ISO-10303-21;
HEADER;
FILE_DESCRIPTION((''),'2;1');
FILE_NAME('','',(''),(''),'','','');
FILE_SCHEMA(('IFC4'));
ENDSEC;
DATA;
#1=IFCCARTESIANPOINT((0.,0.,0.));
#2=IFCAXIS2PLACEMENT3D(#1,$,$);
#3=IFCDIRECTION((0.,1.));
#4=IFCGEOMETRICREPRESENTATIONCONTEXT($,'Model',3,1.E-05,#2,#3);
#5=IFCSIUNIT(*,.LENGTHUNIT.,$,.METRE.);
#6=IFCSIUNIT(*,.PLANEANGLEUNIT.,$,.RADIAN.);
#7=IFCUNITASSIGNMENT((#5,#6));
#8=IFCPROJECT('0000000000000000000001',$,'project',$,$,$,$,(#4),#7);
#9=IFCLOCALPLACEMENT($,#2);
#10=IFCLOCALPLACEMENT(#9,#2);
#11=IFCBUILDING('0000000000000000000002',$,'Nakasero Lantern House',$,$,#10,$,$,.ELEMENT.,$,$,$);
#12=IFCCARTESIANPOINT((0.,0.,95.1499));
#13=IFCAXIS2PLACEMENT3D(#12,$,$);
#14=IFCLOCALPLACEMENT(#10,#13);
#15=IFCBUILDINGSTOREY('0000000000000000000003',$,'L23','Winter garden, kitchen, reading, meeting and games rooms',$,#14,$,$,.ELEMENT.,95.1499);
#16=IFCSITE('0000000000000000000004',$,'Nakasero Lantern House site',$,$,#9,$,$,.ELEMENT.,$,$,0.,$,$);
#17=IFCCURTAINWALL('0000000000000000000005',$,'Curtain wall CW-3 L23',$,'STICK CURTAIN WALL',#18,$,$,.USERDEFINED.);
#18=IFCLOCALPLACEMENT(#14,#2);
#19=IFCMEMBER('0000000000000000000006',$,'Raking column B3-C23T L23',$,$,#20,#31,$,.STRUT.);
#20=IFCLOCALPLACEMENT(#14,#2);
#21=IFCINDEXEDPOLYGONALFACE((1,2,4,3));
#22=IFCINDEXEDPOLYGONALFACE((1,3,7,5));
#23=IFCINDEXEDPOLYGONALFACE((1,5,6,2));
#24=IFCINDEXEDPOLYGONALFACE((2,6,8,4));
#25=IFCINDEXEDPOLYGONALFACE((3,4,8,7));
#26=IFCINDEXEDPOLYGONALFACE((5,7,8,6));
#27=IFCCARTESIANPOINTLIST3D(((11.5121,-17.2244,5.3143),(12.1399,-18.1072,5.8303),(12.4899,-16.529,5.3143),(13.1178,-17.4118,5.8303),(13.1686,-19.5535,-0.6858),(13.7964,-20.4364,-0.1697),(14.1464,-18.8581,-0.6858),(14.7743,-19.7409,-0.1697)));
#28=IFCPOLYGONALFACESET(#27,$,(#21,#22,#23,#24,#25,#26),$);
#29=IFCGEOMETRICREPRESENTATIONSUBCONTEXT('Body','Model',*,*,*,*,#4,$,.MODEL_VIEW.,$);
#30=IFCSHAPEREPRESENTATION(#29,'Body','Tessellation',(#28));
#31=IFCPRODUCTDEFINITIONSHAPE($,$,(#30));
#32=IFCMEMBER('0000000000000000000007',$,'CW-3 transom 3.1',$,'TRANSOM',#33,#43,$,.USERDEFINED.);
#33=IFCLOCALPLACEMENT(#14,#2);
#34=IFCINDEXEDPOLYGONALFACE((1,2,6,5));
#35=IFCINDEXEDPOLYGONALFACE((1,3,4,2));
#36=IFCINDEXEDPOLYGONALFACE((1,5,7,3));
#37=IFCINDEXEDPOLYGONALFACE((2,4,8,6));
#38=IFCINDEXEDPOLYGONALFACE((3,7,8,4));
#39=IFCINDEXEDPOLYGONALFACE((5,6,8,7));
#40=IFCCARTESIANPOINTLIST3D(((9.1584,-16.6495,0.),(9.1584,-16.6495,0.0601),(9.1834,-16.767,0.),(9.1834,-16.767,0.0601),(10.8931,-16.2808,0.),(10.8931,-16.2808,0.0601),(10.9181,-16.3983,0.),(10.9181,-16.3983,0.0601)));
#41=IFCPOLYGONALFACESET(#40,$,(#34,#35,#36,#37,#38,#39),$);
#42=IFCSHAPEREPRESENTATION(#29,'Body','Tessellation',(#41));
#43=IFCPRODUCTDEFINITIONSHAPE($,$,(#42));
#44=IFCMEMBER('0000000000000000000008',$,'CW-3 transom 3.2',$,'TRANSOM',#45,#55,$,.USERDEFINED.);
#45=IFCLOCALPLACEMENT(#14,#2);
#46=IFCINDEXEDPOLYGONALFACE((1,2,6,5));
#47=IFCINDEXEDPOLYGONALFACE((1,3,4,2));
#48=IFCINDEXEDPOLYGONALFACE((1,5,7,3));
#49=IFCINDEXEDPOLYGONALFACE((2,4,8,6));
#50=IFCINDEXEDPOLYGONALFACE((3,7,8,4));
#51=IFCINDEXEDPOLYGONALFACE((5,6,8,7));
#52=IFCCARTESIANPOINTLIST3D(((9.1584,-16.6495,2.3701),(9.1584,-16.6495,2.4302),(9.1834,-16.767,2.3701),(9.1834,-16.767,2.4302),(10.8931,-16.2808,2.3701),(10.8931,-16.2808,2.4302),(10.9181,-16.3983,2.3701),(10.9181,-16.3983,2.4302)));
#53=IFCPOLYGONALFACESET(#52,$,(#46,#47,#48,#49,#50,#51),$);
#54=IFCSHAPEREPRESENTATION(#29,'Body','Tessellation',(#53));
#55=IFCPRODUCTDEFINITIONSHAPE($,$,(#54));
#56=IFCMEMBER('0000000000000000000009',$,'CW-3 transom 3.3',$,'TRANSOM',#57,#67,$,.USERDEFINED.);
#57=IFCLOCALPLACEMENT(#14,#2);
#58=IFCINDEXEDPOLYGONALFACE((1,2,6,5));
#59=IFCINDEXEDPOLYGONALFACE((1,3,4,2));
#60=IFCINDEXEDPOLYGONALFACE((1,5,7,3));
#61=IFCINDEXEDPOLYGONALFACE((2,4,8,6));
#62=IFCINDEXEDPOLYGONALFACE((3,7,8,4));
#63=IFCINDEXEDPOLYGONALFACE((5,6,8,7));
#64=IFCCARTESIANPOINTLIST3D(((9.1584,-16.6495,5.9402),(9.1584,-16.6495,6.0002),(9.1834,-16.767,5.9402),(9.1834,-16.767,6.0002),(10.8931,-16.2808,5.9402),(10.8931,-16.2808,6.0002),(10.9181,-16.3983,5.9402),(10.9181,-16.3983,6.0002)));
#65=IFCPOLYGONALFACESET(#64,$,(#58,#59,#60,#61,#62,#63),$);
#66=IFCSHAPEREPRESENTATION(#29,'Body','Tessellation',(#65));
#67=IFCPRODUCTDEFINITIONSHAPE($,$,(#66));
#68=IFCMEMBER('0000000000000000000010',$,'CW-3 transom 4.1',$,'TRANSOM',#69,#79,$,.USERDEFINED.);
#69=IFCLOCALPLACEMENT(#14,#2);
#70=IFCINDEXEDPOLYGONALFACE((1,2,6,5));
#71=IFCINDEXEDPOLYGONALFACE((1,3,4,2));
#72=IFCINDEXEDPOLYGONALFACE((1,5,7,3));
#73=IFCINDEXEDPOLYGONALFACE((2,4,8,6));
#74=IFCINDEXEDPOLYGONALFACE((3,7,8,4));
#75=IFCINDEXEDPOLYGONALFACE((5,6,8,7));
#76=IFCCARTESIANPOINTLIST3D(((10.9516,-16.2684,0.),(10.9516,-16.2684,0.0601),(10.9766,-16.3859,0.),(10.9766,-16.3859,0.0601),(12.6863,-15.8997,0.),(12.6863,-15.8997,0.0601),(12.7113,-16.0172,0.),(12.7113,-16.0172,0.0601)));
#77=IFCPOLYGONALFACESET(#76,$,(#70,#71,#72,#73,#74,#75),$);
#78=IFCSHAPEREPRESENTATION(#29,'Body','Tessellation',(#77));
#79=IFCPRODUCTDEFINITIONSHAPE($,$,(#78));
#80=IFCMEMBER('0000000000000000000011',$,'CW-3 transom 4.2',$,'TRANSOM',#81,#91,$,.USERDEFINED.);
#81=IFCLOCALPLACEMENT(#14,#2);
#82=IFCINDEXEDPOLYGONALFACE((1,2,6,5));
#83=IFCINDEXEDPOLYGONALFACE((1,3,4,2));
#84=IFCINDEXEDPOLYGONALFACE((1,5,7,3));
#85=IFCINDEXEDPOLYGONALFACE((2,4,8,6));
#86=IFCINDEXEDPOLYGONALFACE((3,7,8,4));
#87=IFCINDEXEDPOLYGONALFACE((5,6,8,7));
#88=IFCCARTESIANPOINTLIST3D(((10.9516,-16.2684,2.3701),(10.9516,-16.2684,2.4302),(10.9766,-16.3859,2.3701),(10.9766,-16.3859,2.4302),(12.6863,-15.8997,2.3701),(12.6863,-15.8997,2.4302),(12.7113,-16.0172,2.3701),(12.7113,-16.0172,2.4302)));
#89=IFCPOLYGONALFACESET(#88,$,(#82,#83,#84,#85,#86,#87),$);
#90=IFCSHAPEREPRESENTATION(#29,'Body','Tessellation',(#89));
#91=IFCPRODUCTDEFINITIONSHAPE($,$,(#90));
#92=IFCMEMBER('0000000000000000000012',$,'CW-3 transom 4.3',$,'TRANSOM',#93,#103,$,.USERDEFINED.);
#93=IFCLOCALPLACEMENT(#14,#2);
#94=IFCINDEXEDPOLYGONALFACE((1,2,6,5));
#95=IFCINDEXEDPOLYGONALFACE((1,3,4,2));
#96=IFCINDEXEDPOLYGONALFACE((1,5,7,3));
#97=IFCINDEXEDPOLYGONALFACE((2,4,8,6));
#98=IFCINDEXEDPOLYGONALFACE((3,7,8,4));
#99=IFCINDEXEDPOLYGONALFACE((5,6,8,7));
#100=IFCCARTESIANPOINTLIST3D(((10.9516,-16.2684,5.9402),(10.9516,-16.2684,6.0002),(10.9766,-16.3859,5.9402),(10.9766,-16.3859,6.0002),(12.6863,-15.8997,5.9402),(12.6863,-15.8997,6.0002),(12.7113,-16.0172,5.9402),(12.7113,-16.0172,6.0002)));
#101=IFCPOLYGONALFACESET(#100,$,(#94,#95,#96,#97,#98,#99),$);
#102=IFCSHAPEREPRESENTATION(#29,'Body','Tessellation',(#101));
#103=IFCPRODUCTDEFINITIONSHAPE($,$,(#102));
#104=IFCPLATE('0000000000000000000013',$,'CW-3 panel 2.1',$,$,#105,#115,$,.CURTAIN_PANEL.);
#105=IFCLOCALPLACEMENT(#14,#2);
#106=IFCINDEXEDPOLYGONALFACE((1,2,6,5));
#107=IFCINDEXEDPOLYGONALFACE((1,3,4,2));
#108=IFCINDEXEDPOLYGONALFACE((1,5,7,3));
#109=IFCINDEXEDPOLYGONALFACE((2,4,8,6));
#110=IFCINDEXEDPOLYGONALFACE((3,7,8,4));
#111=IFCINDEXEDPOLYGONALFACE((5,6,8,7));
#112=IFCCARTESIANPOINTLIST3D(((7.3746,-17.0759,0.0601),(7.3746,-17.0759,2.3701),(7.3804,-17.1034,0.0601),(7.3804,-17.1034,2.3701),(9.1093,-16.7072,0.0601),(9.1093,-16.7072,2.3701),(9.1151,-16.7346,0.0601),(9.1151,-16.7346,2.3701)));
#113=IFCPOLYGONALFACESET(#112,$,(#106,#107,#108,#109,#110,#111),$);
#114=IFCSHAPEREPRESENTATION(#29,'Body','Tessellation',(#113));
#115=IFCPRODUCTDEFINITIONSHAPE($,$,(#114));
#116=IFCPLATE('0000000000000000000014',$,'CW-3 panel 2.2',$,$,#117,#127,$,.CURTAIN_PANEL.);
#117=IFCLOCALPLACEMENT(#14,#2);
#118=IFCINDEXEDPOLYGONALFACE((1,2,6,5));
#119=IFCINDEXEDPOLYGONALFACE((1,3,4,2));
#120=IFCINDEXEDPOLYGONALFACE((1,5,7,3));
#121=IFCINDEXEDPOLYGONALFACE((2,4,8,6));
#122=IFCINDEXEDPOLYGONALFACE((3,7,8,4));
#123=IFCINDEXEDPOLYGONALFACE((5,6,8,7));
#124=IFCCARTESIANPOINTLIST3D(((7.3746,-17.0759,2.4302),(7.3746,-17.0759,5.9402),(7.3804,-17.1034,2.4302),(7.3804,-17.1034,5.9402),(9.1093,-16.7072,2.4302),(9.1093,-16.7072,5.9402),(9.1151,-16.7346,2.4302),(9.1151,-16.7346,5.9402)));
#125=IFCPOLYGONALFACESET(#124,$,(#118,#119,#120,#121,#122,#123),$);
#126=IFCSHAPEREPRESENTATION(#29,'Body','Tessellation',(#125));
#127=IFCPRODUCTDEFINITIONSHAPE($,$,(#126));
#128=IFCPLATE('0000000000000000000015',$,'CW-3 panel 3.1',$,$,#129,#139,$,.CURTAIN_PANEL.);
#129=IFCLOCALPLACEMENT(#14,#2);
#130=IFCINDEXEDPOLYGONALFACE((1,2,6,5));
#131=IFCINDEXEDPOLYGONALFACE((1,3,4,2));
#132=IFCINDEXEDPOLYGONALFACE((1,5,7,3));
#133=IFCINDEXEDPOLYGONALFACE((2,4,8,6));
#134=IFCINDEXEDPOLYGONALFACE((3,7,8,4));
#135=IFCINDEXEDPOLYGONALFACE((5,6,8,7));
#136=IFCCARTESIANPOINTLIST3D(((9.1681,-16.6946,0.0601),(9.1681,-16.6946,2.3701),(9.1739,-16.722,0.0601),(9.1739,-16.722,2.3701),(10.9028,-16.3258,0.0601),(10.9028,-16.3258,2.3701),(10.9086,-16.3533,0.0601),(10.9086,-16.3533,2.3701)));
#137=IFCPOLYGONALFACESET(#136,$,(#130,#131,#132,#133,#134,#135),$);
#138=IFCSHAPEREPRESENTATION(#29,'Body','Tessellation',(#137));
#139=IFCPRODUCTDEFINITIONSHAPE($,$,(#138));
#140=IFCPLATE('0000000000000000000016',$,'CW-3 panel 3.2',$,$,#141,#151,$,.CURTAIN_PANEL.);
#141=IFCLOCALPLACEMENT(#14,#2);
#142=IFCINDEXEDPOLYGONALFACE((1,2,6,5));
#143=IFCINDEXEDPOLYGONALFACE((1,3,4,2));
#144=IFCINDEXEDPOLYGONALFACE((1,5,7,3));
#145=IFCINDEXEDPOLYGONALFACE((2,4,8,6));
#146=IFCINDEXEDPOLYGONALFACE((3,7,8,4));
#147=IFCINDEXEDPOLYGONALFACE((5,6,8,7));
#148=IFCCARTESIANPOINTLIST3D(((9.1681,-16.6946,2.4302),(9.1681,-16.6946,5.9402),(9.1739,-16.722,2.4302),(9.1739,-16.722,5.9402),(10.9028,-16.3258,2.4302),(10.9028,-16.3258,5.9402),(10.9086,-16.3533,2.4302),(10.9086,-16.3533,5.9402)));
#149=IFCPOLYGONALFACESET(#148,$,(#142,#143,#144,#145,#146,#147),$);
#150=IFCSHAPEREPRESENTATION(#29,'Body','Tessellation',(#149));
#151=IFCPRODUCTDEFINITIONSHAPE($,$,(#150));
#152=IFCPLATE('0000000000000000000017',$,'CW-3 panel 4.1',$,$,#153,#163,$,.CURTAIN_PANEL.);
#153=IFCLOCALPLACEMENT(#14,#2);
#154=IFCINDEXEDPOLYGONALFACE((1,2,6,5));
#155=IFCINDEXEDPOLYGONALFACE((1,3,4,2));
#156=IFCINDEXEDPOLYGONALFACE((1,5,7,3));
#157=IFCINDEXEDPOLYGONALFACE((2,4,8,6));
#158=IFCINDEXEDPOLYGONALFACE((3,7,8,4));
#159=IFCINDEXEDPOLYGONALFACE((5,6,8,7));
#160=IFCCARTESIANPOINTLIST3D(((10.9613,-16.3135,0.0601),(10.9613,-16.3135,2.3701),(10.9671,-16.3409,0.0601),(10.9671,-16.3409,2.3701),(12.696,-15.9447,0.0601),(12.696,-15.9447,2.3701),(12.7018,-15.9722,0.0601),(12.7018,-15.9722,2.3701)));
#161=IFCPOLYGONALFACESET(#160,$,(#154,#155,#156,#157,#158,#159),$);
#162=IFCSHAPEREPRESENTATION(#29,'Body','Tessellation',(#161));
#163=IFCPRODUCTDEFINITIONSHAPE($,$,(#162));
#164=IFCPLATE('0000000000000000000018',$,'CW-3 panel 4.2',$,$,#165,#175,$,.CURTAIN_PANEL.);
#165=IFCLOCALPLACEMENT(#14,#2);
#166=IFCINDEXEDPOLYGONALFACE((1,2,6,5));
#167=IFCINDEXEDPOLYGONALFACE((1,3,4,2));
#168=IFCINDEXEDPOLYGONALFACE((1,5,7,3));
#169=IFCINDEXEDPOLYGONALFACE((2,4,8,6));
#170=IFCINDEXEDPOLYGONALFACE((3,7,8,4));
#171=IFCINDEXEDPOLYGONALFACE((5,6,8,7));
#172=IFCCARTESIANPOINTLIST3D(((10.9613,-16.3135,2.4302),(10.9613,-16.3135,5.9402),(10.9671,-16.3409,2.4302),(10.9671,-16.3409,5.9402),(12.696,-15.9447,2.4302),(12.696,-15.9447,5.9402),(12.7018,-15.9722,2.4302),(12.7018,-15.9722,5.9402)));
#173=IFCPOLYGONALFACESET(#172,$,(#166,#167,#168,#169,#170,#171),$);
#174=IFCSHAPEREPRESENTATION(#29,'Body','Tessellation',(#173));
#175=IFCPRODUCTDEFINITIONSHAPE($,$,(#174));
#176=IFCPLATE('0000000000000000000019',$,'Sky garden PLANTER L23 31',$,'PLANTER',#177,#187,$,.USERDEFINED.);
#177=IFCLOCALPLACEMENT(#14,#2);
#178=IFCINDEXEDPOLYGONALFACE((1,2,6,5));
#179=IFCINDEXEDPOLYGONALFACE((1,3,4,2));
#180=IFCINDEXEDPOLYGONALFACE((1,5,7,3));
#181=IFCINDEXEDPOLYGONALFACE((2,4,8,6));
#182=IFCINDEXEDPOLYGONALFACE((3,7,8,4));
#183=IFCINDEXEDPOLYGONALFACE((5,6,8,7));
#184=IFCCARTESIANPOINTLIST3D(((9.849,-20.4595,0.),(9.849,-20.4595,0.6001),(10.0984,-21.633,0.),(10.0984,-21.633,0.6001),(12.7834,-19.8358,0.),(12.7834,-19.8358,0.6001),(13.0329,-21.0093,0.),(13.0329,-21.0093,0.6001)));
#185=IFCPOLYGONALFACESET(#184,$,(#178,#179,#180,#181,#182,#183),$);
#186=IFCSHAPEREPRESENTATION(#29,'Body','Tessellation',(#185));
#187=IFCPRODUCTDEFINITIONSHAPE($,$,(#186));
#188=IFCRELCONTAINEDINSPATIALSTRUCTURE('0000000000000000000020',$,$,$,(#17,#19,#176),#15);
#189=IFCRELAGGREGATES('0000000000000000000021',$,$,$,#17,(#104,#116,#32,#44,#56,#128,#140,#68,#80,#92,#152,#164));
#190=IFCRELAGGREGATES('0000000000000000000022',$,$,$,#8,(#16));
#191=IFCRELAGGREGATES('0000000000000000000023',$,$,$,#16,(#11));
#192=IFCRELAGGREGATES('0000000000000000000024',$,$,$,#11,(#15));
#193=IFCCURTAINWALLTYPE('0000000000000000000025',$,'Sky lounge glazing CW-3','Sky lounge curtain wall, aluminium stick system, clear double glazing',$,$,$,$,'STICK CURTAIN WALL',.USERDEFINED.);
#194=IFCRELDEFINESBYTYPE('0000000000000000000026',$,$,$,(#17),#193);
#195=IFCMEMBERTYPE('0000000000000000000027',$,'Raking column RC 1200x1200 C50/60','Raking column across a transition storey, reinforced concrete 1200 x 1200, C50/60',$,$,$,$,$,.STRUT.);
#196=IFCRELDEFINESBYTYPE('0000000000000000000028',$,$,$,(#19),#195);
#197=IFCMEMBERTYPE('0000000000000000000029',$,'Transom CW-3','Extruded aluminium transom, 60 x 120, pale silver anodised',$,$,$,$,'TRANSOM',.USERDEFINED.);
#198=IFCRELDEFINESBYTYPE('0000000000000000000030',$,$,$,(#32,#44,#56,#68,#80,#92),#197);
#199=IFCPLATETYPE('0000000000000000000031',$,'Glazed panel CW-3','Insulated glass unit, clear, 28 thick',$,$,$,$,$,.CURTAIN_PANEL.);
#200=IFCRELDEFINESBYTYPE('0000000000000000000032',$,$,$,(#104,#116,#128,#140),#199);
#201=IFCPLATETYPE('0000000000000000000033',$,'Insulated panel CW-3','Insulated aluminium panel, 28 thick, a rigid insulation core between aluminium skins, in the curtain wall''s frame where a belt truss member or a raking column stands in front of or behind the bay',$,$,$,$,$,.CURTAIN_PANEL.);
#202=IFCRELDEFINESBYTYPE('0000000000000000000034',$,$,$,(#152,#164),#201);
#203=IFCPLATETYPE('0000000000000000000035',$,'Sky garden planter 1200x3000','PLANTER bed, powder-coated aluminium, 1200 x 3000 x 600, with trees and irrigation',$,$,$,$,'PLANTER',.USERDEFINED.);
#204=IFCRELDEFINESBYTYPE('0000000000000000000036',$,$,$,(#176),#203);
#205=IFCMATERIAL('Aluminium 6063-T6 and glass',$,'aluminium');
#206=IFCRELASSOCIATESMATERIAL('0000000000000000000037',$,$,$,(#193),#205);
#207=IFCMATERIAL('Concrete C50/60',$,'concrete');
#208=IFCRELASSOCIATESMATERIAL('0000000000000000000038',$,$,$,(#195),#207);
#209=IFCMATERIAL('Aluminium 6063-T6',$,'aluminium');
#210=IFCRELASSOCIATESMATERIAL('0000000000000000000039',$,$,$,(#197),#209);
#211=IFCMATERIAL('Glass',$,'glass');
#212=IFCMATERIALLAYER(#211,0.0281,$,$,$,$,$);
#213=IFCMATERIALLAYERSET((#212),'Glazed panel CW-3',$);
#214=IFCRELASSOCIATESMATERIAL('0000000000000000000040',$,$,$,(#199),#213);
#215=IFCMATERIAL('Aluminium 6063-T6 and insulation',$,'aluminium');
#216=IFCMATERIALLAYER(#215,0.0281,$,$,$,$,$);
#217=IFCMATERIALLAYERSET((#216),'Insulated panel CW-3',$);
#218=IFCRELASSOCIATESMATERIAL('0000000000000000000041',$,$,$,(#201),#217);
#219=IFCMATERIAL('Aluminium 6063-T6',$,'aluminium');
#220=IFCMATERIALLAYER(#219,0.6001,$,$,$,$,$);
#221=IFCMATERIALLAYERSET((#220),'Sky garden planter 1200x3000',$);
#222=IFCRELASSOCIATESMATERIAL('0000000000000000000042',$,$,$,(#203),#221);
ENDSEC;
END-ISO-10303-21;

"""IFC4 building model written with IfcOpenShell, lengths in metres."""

from ifc_helpers import new_model, si_unit, direction, frame, origin, origin_2d, place, context, subcontext, project, spatial, rectangle, extrude, material, layer, layer_set, material_profile, profile_set, type_object, element, aggregate, save


model = new_model("IFC4")

# Units and contexts
model_context = context("Model", 3, precision=1e-05, world=origin(), true_north=direction((0.0, 1.0)))
body_context = subcontext(model_context, "Body", "Model", "MODEL_VIEW")
ifc_project = project(units=[si_unit("LENGTHUNIT", "METRE"), si_unit("PLANEANGLEUNIT", "RADIAN")], contexts=[model_context])

# Site, building, storey
site_placement = place(None, origin())
site = spatial("IfcSite", under=ifc_project, at=site_placement, Name="Nakasero Lantern House site", CompositionType="ELEMENT", RefElevation=0.0)
building_placement = place(site_placement, origin())
building = spatial("IfcBuilding", under=site, at=building_placement, Name="Nakasero Lantern House", CompositionType="ELEMENT")
storey_placement = place(building_placement, frame((0.0, 0.0, 95.1499)))
storey = spatial("IfcBuildingStorey", under=building, at=storey_placement, Name="L23", Description="Winter garden, kitchen, reading, meeting and games rooms", CompositionType="ELEMENT", Elevation=95.1499)

# Curtain wall
ifc_material_1 = material(Name="Aluminium 6063-T6 and glass", Category="aluminium")
curtain_wall_type = type_object("IfcCurtainWallType", Name="Sky lounge glazing CW-3", Description="Sky lounge curtain wall, aluminium stick system, clear double glazing", ElementType="STICK CURTAIN WALL", PredefinedType="USERDEFINED", material=ifc_material_1)
curtain_wall_placement = place(storey_placement, origin())
curtain_wall = element("IfcCurtainWall", 1, at=curtain_wall_placement, inside=storey, type_object=curtain_wall_type, Name="Curtain wall CW-3 L23", ObjectType="STICK CURTAIN WALL", PredefinedType="USERDEFINED")

# Members
ifc_material_2 = material(Name="Concrete C50/60", Category="concrete")
ifc_material_profile_1 = material_profile(ifc_material_2, rectangle(XDim=1.2, YDim=1.2, at=origin_2d()), Name="RC 1200x1200")
ifc_profile_set_1 = profile_set([ifc_material_profile_1], Name="Concrete C50/60")
member_type_1 = type_object("IfcMemberType", Name="Raking column RC 1200x1200 C50/60", Description="Raking column across a transition storey, reinforced concrete 1200 x 1200, C50/60", PredefinedType="STRUT", material=ifc_profile_set_1)
member_1_placement = place(storey_placement, frame((13.9714, -19.6472, -0.4277), z_axis=(-0.249249, 0.350454, 0.902805), x_axis=(-0.814915, -0.579581, 0.0)))
element("IfcMember", 2, at=member_1_placement, inside=storey, type_object=member_type_1, Name="Raking column B3-C23T L23", PredefinedType="STRUT", context=body_context, shape_type="SweptSolid", body=[
    extrude(rectangle(XDim=1.2, YDim=1.2, at=origin_2d()), origin(), (0.0, 0.0, 1.0), 6.646),
])
ifc_material_3 = material(Name="Aluminium 6063-T6", Category="aluminium")
ifc_material_profile_2 = material_profile(ifc_material_3, rectangle(XDim=0.0601, YDim=0.1201, at=origin_2d()), Name="CW-3 transom 60x120")
ifc_profile_set_2 = profile_set([ifc_material_profile_2], Name="Aluminium 6063-T6")
member_type_2 = type_object("IfcMemberType", Name="Transom CW-3", Description="Extruded aluminium transom, 60 x 120, pale silver anodised", ElementType="TRANSOM", PredefinedType="USERDEFINED", material=ifc_profile_set_2)
member_2_placement = place(storey_placement, frame((9.1709, -16.7083, 0.03), z_axis=(0.978154, 0.207883, 0.0), x_axis=(0.0, 0.0, 1.0)))
member_2 = element("IfcMember", 3, at=member_2_placement, type_object=member_type_2, Name="CW-3 transom 3.1", ObjectType="TRANSOM", PredefinedType="USERDEFINED", context=body_context, shape_type="SweptSolid", body=[
    extrude(rectangle(XDim=0.0601, YDim=0.1201, at=origin_2d()), origin(), (0.0, 0.0, 1.0), 1.7734),
])
member_3_placement = place(storey_placement, frame((9.1709, -16.7083, 2.4001), z_axis=(0.978154, 0.207883, 0.0), x_axis=(0.0, 0.0, 1.0)))
member_3 = element("IfcMember", 4, at=member_3_placement, type_object=member_type_2, Name="CW-3 transom 3.2", ObjectType="TRANSOM", PredefinedType="USERDEFINED", context=body_context, shape_type="SweptSolid", body=[
    extrude(rectangle(XDim=0.0601, YDim=0.1201, at=origin_2d()), origin(), (0.0, 0.0, 1.0), 1.7734),
])
member_4_placement = place(storey_placement, frame((9.1709, -16.7083, 5.9702), z_axis=(0.978154, 0.207883, 0.0), x_axis=(0.0, 0.0, 1.0)))
member_4 = element("IfcMember", 5, at=member_4_placement, type_object=member_type_2, Name="CW-3 transom 3.3", ObjectType="TRANSOM", PredefinedType="USERDEFINED", context=body_context, shape_type="SweptSolid", body=[
    extrude(rectangle(XDim=0.0601, YDim=0.1201, at=origin_2d()), origin(), (0.0, 0.0, 1.0), 1.7734),
])
member_5_placement = place(storey_placement, frame((10.9641, -16.3271, 0.03), z_axis=(0.978154, 0.207883, 0.0), x_axis=(0.0, 0.0, 1.0)))
member_5 = element("IfcMember", 6, at=member_5_placement, type_object=member_type_2, Name="CW-3 transom 4.1", ObjectType="TRANSOM", PredefinedType="USERDEFINED", context=body_context, shape_type="SweptSolid", body=[
    extrude(rectangle(XDim=0.0601, YDim=0.1201, at=origin_2d()), origin(), (0.0, 0.0, 1.0), 1.7734),
])
member_6_placement = place(storey_placement, frame((10.9641, -16.3271, 2.4001), z_axis=(0.978154, 0.207883, 0.0), x_axis=(0.0, 0.0, 1.0)))
member_6 = element("IfcMember", 7, at=member_6_placement, type_object=member_type_2, Name="CW-3 transom 4.2", ObjectType="TRANSOM", PredefinedType="USERDEFINED", context=body_context, shape_type="SweptSolid", body=[
    extrude(rectangle(XDim=0.0601, YDim=0.1201, at=origin_2d()), origin(), (0.0, 0.0, 1.0), 1.7734),
])
member_7_placement = place(storey_placement, frame((10.9641, -16.3271, 5.9702), z_axis=(0.978154, 0.207883, 0.0), x_axis=(0.0, 0.0, 1.0)))
member_7 = element("IfcMember", 8, at=member_7_placement, type_object=member_type_2, Name="CW-3 transom 4.3", ObjectType="TRANSOM", PredefinedType="USERDEFINED", context=body_context, shape_type="SweptSolid", body=[
    extrude(rectangle(XDim=0.0601, YDim=0.1201, at=origin_2d()), origin(), (0.0, 0.0, 1.0), 1.7734),
])

# Plates
ifc_material_4 = material(Name="Glass", Category="glass")
ifc_layer_1 = layer(ifc_material_4, 0.0281)
ifc_layer_set_1 = layer_set([ifc_layer_1], Name="Glazed panel CW-3")
plate_type_1 = type_object("IfcPlateType", Name="Glazed panel CW-3", Description="Insulated glass unit, clear, 28 thick", PredefinedType="CURTAIN_PANEL", material=ifc_layer_set_1)
plate_1_placement = place(storey_placement, frame((8.2449, -16.9053, 0.0601), z_axis=(0.0, 0.0, 1.0), x_axis=(0.978148, 0.207912, 0.0)))
plate_1 = element("IfcPlate", 9, at=plate_1_placement, type_object=plate_type_1, Name="CW-3 panel 2.1", PredefinedType="CURTAIN_PANEL", context=body_context, shape_type="SweptSolid", body=[
    extrude(rectangle(XDim=1.7734, YDim=0.0281, at=origin_2d()), origin(), (0.0, 0.0, 1.0), 2.3101),
])
plate_2_placement = place(storey_placement, frame((8.2449, -16.9053, 2.4302), z_axis=(0.0, 0.0, 1.0), x_axis=(0.978148, 0.207912, 0.0)))
plate_2 = element("IfcPlate", 10, at=plate_2_placement, type_object=plate_type_1, Name="CW-3 panel 2.2", PredefinedType="CURTAIN_PANEL", context=body_context, shape_type="SweptSolid", body=[
    extrude(rectangle(XDim=1.7734, YDim=0.0281, at=origin_2d()), origin(), (0.0, 0.0, 1.0), 3.51),
])
plate_3_placement = place(storey_placement, frame((10.0383, -16.5239, 0.0601), z_axis=(0.0, 0.0, 1.0), x_axis=(0.978148, 0.207912, 0.0)))
plate_3 = element("IfcPlate", 11, at=plate_3_placement, type_object=plate_type_1, Name="CW-3 panel 3.1", PredefinedType="CURTAIN_PANEL", context=body_context, shape_type="SweptSolid", body=[
    extrude(rectangle(XDim=1.7734, YDim=0.0281, at=origin_2d()), origin(), (0.0, 0.0, 1.0), 2.3101),
])
plate_4_placement = place(storey_placement, frame((10.0383, -16.5239, 2.4302), z_axis=(0.0, 0.0, 1.0), x_axis=(0.978148, 0.207912, 0.0)))
plate_4 = element("IfcPlate", 12, at=plate_4_placement, type_object=plate_type_1, Name="CW-3 panel 3.2", PredefinedType="CURTAIN_PANEL", context=body_context, shape_type="SweptSolid", body=[
    extrude(rectangle(XDim=1.7734, YDim=0.0281, at=origin_2d()), origin(), (0.0, 0.0, 1.0), 3.51),
])
ifc_material_5 = material(Name="Aluminium 6063-T6 and insulation", Category="aluminium")
ifc_layer_2 = layer(ifc_material_5, 0.0281)
ifc_layer_set_2 = layer_set([ifc_layer_2], Name="Insulated panel CW-3")
plate_type_2 = type_object("IfcPlateType", Name="Insulated panel CW-3", Description="Insulated aluminium panel, 28 thick, a rigid insulation core between aluminium skins, in the curtain wall's frame where a belt truss member or a raking column stands in front of or behind the bay", PredefinedType="CURTAIN_PANEL", material=ifc_layer_set_2)
plate_5_placement = place(storey_placement, frame((11.8315, -16.1428, 0.0601), z_axis=(0.0, 0.0, 1.0), x_axis=(0.978148, 0.207912, 0.0)))
plate_5 = element("IfcPlate", 13, at=plate_5_placement, type_object=plate_type_2, Name="CW-3 panel 4.1", PredefinedType="CURTAIN_PANEL", context=body_context, shape_type="SweptSolid", body=[
    extrude(rectangle(XDim=1.7734, YDim=0.0281, at=origin_2d()), origin(), (0.0, 0.0, 1.0), 2.3101),
])
plate_6_placement = place(storey_placement, frame((11.8315, -16.1428, 2.4302), z_axis=(0.0, 0.0, 1.0), x_axis=(0.978148, 0.207912, 0.0)))
plate_6 = element("IfcPlate", 14, at=plate_6_placement, type_object=plate_type_2, Name="CW-3 panel 4.2", PredefinedType="CURTAIN_PANEL", context=body_context, shape_type="SweptSolid", body=[
    extrude(rectangle(XDim=1.7734, YDim=0.0281, at=origin_2d()), origin(), (0.0, 0.0, 1.0), 3.51),
])
aggregate(curtain_wall, [plate_1, plate_2, member_2, member_3, member_4, plate_3, plate_4, member_5, member_6, member_7, plate_5, plate_6])
ifc_material_6 = material(Name="Aluminium 6063-T6", Category="aluminium")
ifc_layer_3 = layer(ifc_material_6, 0.6001)
ifc_layer_set_3 = layer_set([ifc_layer_3], Name="Sky garden planter 1200x3000")
plate_type_3 = type_object("IfcPlateType", Name="Sky garden planter 1200x3000", Description="PLANTER bed, powder-coated aluminium, 1200 x 3000 x 600, with trees and irrigation", ElementType="PLANTER", PredefinedType="USERDEFINED", material=ifc_layer_set_3)
plate_7_placement = place(storey_placement, frame((11.4409, -20.7344, 0.0), z_axis=(0.0, 0.0, 1.0), x_axis=(0.207912, -0.978148, 0.0)))
element("IfcPlate", 15, at=plate_7_placement, inside=storey, type_object=plate_type_3, Name="Sky garden PLANTER L23 31", ObjectType="PLANTER", PredefinedType="USERDEFINED", context=body_context, shape_type="SweptSolid", body=[
    extrude(rectangle(XDim=1.1997, YDim=3.0, at=origin_2d()), origin(), (0.0, 0.0, 1.0), 0.6001),
])

save(model, "model.ifc")
